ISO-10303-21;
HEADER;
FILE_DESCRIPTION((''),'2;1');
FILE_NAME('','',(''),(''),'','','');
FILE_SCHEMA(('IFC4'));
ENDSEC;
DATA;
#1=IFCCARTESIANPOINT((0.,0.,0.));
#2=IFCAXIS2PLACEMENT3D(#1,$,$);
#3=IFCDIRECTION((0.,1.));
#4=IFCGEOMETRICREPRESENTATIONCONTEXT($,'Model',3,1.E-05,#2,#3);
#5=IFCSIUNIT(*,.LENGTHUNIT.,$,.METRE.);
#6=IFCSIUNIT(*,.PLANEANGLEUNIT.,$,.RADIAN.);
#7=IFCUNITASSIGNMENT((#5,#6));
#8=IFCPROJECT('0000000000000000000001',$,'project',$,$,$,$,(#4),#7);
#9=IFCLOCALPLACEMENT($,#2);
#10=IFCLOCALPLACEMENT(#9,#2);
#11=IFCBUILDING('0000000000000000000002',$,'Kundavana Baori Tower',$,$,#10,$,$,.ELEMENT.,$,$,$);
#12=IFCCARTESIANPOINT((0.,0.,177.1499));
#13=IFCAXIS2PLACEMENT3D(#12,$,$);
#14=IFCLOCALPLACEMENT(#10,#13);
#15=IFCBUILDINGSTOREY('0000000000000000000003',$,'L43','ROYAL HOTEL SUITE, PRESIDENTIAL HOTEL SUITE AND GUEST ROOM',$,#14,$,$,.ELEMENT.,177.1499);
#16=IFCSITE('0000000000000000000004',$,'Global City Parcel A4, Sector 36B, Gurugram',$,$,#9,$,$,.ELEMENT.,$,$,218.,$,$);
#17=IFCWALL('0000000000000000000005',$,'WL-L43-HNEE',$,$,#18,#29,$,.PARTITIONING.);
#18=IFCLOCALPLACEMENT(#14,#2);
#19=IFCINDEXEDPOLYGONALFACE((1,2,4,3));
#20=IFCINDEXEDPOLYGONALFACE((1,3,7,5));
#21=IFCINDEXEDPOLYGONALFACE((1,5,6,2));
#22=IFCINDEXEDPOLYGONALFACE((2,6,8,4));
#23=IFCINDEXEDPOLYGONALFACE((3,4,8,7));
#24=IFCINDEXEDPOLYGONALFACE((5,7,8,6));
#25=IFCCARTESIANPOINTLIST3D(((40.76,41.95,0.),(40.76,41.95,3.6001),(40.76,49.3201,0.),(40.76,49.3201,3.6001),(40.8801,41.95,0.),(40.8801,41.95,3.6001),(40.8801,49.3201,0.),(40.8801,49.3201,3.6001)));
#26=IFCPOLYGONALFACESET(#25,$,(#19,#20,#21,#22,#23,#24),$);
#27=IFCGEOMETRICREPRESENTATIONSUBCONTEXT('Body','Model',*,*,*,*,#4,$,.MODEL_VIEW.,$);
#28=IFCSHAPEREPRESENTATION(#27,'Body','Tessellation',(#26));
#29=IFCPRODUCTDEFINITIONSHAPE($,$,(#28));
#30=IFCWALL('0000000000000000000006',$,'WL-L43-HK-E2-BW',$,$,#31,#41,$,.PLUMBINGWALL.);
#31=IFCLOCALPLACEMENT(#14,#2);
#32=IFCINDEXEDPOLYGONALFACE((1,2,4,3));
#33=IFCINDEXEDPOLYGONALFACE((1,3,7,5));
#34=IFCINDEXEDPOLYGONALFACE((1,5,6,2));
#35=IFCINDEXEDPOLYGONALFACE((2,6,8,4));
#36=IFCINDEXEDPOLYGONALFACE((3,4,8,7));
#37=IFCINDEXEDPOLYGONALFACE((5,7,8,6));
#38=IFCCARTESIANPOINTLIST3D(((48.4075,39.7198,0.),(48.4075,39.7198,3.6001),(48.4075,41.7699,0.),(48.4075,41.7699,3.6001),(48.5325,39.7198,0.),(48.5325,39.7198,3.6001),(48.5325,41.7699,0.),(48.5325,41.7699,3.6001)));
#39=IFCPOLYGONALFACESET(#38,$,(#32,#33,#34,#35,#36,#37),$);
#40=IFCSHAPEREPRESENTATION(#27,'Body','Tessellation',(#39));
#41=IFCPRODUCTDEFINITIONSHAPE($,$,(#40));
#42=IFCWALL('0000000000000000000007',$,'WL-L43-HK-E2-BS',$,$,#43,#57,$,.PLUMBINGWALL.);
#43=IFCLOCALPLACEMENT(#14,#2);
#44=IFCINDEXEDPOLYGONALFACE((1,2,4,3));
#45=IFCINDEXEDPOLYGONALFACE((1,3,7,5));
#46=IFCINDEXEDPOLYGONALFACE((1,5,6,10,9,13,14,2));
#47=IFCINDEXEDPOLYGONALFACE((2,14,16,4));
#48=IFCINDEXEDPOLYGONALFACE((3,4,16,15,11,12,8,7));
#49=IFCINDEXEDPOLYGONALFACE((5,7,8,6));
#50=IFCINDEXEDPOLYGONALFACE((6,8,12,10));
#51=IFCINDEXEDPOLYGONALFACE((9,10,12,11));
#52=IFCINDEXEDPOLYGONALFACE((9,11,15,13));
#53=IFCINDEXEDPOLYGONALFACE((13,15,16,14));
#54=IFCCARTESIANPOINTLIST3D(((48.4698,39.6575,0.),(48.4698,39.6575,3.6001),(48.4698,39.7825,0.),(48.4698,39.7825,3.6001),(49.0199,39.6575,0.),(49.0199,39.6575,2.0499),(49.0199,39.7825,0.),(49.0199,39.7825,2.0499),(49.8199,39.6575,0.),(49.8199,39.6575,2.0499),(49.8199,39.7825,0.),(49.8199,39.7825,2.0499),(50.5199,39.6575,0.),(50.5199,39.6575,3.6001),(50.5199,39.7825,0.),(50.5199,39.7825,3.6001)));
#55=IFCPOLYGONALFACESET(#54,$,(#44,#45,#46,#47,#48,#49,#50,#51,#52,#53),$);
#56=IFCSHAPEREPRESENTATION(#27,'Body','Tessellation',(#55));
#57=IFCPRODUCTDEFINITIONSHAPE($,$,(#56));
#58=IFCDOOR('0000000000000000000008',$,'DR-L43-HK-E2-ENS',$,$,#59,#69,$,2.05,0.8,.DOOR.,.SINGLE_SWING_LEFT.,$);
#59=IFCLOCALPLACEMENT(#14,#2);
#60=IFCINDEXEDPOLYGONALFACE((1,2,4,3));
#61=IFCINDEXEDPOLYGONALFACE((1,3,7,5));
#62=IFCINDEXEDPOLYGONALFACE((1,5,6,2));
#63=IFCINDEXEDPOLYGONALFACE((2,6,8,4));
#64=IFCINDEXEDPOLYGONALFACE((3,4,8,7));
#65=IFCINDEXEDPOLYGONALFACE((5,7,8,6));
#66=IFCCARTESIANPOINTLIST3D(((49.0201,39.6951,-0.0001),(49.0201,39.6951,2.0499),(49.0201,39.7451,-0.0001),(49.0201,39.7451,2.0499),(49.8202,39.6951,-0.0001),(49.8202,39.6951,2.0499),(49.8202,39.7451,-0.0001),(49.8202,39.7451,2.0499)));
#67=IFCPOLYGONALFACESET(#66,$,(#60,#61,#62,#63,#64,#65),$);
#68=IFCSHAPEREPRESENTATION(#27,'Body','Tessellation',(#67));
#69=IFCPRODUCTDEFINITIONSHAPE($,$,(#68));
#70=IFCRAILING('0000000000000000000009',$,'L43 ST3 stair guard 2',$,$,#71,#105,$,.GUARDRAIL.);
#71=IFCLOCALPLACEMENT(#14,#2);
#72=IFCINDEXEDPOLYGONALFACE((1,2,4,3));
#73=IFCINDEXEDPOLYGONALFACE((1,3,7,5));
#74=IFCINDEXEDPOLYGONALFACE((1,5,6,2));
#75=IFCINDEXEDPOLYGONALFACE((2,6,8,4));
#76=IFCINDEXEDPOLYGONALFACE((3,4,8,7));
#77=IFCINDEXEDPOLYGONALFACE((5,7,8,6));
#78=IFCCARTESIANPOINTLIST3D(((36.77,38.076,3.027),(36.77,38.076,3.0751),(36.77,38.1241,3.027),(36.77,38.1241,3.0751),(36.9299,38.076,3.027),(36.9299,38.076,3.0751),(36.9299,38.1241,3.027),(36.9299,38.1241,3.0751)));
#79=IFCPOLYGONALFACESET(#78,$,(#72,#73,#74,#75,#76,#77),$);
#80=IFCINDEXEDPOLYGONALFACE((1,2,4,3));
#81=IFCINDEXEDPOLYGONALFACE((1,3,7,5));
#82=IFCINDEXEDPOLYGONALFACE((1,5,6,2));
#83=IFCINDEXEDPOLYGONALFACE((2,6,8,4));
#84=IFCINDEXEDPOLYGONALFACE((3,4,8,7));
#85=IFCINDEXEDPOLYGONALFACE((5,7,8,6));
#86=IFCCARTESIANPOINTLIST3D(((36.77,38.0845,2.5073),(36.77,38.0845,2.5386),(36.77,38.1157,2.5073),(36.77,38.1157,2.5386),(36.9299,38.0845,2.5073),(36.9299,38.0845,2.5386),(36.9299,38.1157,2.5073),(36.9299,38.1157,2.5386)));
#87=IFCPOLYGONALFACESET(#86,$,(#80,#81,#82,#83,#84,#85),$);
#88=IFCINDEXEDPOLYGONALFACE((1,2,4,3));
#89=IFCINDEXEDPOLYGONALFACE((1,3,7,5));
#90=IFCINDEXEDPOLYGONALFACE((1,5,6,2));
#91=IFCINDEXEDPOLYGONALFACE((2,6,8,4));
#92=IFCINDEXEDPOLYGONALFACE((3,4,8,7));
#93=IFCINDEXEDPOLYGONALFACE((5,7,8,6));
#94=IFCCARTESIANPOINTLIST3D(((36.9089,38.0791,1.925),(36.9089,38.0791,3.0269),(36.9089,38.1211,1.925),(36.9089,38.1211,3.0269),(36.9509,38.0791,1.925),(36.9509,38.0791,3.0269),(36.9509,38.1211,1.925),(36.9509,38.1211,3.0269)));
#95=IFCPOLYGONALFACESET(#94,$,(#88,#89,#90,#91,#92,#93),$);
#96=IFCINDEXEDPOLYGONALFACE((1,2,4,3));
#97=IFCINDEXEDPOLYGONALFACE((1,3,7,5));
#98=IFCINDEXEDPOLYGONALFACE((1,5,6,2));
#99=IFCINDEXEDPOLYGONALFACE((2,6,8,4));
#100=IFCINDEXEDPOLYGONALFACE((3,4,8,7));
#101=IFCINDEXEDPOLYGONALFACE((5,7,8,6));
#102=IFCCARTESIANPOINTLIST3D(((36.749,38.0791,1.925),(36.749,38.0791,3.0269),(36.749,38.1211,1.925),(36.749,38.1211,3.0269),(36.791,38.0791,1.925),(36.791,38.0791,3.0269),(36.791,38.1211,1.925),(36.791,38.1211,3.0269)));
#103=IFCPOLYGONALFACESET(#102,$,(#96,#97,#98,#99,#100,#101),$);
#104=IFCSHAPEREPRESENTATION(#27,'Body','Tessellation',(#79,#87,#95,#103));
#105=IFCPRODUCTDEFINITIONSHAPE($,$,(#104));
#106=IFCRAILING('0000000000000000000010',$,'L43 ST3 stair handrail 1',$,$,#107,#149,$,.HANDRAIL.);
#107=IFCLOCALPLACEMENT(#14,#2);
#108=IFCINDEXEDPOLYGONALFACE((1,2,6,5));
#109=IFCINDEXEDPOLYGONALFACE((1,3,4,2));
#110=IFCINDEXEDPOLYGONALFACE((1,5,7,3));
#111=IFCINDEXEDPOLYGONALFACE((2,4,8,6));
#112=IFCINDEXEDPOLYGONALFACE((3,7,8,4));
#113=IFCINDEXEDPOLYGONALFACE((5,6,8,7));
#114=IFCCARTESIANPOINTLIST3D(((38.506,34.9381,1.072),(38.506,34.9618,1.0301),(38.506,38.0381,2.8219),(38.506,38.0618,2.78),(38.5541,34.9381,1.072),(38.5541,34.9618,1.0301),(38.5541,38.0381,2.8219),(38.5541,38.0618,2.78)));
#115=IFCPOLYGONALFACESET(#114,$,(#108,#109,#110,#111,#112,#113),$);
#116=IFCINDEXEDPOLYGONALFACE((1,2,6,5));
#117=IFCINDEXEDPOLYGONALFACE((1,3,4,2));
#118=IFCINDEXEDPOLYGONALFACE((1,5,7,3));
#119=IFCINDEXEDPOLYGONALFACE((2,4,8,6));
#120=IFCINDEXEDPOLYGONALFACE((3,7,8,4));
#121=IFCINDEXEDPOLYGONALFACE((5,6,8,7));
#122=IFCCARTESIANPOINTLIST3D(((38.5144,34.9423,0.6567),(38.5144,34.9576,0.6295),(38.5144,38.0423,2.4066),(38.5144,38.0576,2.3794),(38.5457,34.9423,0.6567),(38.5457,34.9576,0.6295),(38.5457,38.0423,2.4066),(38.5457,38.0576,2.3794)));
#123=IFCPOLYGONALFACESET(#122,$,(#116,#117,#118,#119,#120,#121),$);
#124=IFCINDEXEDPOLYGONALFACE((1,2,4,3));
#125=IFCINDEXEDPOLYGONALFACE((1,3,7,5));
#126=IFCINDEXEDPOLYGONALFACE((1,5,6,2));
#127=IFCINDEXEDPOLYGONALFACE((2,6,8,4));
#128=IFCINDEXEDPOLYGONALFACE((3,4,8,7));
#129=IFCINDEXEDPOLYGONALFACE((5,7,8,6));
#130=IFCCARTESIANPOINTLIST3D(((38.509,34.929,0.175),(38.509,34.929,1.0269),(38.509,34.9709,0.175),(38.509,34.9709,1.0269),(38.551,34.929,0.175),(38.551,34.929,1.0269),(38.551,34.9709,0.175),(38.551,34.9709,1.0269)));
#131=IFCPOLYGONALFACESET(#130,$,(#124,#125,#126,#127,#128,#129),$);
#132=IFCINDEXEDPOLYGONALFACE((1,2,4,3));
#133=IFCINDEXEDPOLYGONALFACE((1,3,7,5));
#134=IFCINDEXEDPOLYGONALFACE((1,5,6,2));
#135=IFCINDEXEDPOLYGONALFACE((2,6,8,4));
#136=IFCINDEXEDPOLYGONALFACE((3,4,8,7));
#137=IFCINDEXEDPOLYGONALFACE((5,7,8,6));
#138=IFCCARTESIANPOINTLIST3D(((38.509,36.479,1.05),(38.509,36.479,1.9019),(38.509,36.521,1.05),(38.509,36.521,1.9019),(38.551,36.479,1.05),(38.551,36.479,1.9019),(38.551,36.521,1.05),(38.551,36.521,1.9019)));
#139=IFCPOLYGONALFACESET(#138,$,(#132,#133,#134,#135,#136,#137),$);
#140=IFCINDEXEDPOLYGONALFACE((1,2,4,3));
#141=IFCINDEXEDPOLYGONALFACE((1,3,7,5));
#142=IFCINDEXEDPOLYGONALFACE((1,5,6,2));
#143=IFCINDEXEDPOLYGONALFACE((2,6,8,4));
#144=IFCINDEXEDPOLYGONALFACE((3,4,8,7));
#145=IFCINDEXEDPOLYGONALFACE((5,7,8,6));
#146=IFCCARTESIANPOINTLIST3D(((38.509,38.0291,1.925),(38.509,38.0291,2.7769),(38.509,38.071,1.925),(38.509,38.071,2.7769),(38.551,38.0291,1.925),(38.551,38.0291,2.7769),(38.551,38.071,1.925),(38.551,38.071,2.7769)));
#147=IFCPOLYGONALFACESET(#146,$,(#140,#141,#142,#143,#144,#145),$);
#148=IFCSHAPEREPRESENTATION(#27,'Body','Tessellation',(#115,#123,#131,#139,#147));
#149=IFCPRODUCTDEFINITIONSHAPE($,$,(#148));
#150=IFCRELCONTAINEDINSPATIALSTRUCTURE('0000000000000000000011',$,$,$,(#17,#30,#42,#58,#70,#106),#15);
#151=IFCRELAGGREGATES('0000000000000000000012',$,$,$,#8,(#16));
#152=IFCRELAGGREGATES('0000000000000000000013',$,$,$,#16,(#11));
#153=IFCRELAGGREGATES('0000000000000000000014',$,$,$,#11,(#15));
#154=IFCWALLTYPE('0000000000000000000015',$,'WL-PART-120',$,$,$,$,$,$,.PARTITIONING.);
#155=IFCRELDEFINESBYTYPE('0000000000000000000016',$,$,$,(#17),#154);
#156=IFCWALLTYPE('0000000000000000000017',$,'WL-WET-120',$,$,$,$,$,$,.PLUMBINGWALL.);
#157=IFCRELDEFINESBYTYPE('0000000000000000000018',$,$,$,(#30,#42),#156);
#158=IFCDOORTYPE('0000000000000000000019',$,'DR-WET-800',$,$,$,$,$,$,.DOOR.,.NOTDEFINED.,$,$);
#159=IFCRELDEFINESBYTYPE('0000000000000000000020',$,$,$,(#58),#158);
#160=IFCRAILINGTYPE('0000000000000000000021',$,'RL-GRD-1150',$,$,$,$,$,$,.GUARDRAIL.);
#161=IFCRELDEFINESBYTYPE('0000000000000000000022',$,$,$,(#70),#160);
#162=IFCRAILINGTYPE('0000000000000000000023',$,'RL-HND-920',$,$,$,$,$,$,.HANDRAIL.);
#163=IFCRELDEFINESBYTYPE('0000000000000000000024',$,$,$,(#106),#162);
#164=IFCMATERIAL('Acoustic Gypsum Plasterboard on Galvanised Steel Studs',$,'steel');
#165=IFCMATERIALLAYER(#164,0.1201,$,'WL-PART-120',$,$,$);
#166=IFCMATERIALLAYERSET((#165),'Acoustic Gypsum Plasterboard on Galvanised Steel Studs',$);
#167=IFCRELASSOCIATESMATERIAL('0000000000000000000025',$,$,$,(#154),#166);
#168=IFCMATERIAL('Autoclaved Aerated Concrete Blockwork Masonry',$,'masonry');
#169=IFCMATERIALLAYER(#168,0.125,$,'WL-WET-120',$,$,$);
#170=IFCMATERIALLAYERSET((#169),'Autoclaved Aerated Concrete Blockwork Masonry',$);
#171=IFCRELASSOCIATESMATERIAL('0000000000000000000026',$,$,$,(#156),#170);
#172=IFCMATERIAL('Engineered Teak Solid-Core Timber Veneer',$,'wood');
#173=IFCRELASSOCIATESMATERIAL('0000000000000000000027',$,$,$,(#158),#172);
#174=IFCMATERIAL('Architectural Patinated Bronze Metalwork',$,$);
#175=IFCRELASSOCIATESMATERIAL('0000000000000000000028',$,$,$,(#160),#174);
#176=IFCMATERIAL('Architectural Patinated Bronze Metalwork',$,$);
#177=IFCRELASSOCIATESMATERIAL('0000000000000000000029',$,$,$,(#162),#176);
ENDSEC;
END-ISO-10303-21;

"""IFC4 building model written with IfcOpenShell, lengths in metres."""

from ifc_helpers import new_model, si_unit, direction, frame, frame_2d, origin, origin_2d, place, context, subcontext, project, spatial, rectangle, extrude, material, layer, layer_set, type_object, element, fill, save


model = new_model("IFC4")

# Units and contexts
model_context = context("Model", 3, precision=1e-05, world=origin(), true_north=direction((0.0, 1.0)))
body_context = subcontext(model_context, "Body", "Model", "MODEL_VIEW")
ifc_project = project(units=[si_unit("LENGTHUNIT", "METRE"), si_unit("PLANEANGLEUNIT", "RADIAN")], contexts=[model_context])

# Site, building, storey
site_placement = place(None, origin())
site = spatial("IfcSite", under=ifc_project, at=site_placement, Name="Global City Parcel A4, Sector 36B, Gurugram", CompositionType="ELEMENT", RefElevation=218.0)
building_placement = place(site_placement, origin())
building = spatial("IfcBuilding", under=site, at=building_placement, Name="Kundavana Baori Tower", CompositionType="ELEMENT")
storey_placement = place(building_placement, frame((0.0, 0.0, 177.1499)))
storey = spatial("IfcBuildingStorey", under=building, at=storey_placement, Name="L43", Description="ROYAL HOTEL SUITE, PRESIDENTIAL HOTEL SUITE AND GUEST ROOM", CompositionType="ELEMENT", Elevation=177.1499)

# Walls
ifc_material_1 = material(Name="Acoustic Gypsum Plasterboard on Galvanised Steel Studs", Category="steel")
ifc_layer_1 = layer(ifc_material_1, 0.1201, Name="WL-PART-120")
ifc_layer_set_1 = layer_set([ifc_layer_1], Name="Acoustic Gypsum Plasterboard on Galvanised Steel Studs")
wall_type_1 = type_object("IfcWallType", Name="WL-PART-120", PredefinedType="PARTITIONING", material=ifc_layer_set_1)
wall_1_placement = place(storey_placement, frame((40.8201, 41.95, 0.0), z_axis=(0.0, 0.0, 1.0), x_axis=(0.0, 1.0, 0.0)))
element("IfcWall", 1, at=wall_1_placement, inside=storey, type_object=wall_type_1, Name="WL-L43-HNEE", PredefinedType="PARTITIONING", context=body_context, shape_type="SweptSolid", body=[
    extrude(rectangle(XDim=7.3701, YDim=0.1201, at=frame_2d((3.6851, 0.0))), origin(), (0.0, 0.0, 1.0), 3.6001),
])
ifc_material_2 = material(Name="Autoclaved Aerated Concrete Blockwork Masonry", Category="masonry")
ifc_layer_2 = layer(ifc_material_2, 0.125, Name="WL-WET-120")
ifc_layer_set_2 = layer_set([ifc_layer_2], Name="Autoclaved Aerated Concrete Blockwork Masonry")
wall_type_2 = type_object("IfcWallType", Name="WL-WET-120", PredefinedType="PLUMBINGWALL", material=ifc_layer_set_2)
wall_2_placement = place(storey_placement, frame((48.47, 39.72, 0.0), z_axis=(0.0, 0.0, 1.0), x_axis=(0.0, 1.0, 0.0)))
element("IfcWall", 2, at=wall_2_placement, inside=storey, type_object=wall_type_2, Name="WL-L43-HK-E2-BW", PredefinedType="PLUMBINGWALL", context=body_context, shape_type="SweptSolid", body=[
    extrude(rectangle(XDim=2.05, YDim=0.125, at=frame_2d((1.0249, 0.0))), origin(), (0.0, 0.0, 1.0), 3.6001),
])

# Wall, opening, door
wall_3_placement = place(storey_placement, frame((48.47, 39.72, 0.0), z_axis=(0.0, 0.0, 1.0), x_axis=(1.0, 0.0, 0.0)))
wall_3 = element("IfcWall", 3, at=wall_3_placement, inside=storey, type_object=wall_type_2, Name="WL-L43-HK-E2-BS", PredefinedType="PLUMBINGWALL", context=body_context, shape_type="SweptSolid", body=[
    extrude(rectangle(XDim=2.05, YDim=0.125, at=frame_2d((1.0249, 0.0))), origin(), (0.0, 0.0, 1.0), 3.6001),
])
opening_1_placement = place(wall_3_placement, frame((0.55, 0.0, 0.0)))
opening_1 = element("IfcOpeningElement", 4, at=opening_1_placement, cuts=wall_3, PredefinedType="OPENING", context=body_context, shape_type="SweptSolid", body=[
    extrude(rectangle(XDim=0.8, YDim=2.05, at=frame_2d((0.3999, 1.0249))), frame((0.0, 0.0725, 0.0), z_axis=(0.0, -1.0, 0.0), x_axis=(1.0, 0.0, 0.0)), (0.0, 0.0, 1.0), 0.145),
])
ifc_material_3 = material(Name="Engineered Teak Solid-Core Timber Veneer", Category="wood")
door_type_1 = type_object("IfcDoorType", Name="DR-WET-800", OperationType="NOTDEFINED", PredefinedType="DOOR", material=ifc_material_3)
door_1_placement = place(opening_1_placement, frame((0.8, 0.0, 0.0), z_axis=(0.0, 0.0, 1.0), x_axis=(-1.0, 0.0, 0.0)))
door_1 = element("IfcDoor", 5, at=door_1_placement, inside=storey, type_object=door_type_1, Name="DR-L43-HK-E2-ENS", OperationType="SINGLE_SWING_LEFT", OverallHeight=2.05, OverallWidth=0.8, PredefinedType="DOOR", context=body_context, shape_type="SweptSolid", body=[
    extrude(rectangle(XDim=0.8, YDim=2.05, at=frame_2d((0.3999, 1.0249))), frame((0.0, 0.0249, 0.0), z_axis=(0.0, -1.0, 0.0), x_axis=(1.0, 0.0, 0.0)), (0.0, 0.0, 1.0), 0.05),
])
fill(opening_1, door_1)

# Railings
ifc_material_4 = material(Name="Architectural Patinated Bronze Metalwork")
railing_type_1 = type_object("IfcRailingType", Name="RL-GRD-1150", PredefinedType="GUARDRAIL", material=ifc_material_4)
railing_1_placement = place(storey_placement, frame((36.9299, 38.1001, 1.925)))
element("IfcRailing", 6, at=railing_1_placement, inside=storey, type_object=railing_type_1, Name="L43 ST3 stair guard 2", PredefinedType="GUARDRAIL", context=body_context, shape_type="SweptSolid", body=[
    extrude(rectangle(XDim=0.0481, YDim=0.0481, at=origin_2d()), frame((0.0, 0.0, 1.126), z_axis=(-1.0, 0.0, 0.0), x_axis=(0.0, -1.0, 0.0)), (0.0, 0.0, 1.0), 0.1599),
    extrude(rectangle(XDim=0.0312, YDim=0.0312, at=origin_2d()), frame((0.0, 0.0, 0.5979), z_axis=(-1.0, 0.0, 0.0), x_axis=(0.0, -1.0, 0.0)), (0.0, 0.0, 1.0), 0.1599),
    extrude(rectangle(XDim=0.042, YDim=0.042, at=origin_2d()), origin(), (0.0, 0.0, 1.0), 1.1018),
    extrude(rectangle(XDim=0.042, YDim=0.042, at=origin_2d()), frame((-0.1599, 0.0, 0.0)), (0.0, 0.0, 1.0), 1.1018),
])
ifc_material_5 = material(Name="Architectural Patinated Bronze Metalwork")
railing_type_2 = type_object("IfcRailingType", Name="RL-HND-920", PredefinedType="HANDRAIL", material=ifc_material_5)
railing_2_placement = place(storey_placement, frame((38.53, 34.95, 0.175)))
element("IfcRailing", 7, at=railing_2_placement, inside=storey, type_object=railing_type_2, Name="L43 ST3 stair handrail 1", PredefinedType="HANDRAIL", context=body_context, shape_type="SweptSolid", body=[
    extrude(rectangle(XDim=0.0481, YDim=0.0481, at=origin_2d()), frame((0.0, 0.0, 0.876), z_axis=(0.0, 0.870831, 0.491583), x_axis=(-1.0, 0.0, 0.0)), (0.0, 0.0, 1.0), 3.5598),
    extrude(rectangle(XDim=0.0312, YDim=0.0312, at=origin_2d()), frame((0.0, 0.0, 0.468), z_axis=(0.0, 0.870831, 0.491583), x_axis=(-1.0, 0.0, 0.0)), (0.0, 0.0, 1.0), 3.5598),
    extrude(rectangle(XDim=0.042, YDim=0.042, at=origin_2d()), origin(), (0.0, 0.0, 1.0), 0.8518),
    extrude(rectangle(XDim=0.042, YDim=0.042, at=origin_2d()), frame((0.0, 1.55, 0.875)), (0.0, 0.0, 1.0), 0.8518),
    extrude(rectangle(XDim=0.042, YDim=0.042, at=origin_2d()), frame((0.0, 3.1001, 1.75)), (0.0, 0.0, 1.0), 0.8518),
])

save(model, "model.ifc")
